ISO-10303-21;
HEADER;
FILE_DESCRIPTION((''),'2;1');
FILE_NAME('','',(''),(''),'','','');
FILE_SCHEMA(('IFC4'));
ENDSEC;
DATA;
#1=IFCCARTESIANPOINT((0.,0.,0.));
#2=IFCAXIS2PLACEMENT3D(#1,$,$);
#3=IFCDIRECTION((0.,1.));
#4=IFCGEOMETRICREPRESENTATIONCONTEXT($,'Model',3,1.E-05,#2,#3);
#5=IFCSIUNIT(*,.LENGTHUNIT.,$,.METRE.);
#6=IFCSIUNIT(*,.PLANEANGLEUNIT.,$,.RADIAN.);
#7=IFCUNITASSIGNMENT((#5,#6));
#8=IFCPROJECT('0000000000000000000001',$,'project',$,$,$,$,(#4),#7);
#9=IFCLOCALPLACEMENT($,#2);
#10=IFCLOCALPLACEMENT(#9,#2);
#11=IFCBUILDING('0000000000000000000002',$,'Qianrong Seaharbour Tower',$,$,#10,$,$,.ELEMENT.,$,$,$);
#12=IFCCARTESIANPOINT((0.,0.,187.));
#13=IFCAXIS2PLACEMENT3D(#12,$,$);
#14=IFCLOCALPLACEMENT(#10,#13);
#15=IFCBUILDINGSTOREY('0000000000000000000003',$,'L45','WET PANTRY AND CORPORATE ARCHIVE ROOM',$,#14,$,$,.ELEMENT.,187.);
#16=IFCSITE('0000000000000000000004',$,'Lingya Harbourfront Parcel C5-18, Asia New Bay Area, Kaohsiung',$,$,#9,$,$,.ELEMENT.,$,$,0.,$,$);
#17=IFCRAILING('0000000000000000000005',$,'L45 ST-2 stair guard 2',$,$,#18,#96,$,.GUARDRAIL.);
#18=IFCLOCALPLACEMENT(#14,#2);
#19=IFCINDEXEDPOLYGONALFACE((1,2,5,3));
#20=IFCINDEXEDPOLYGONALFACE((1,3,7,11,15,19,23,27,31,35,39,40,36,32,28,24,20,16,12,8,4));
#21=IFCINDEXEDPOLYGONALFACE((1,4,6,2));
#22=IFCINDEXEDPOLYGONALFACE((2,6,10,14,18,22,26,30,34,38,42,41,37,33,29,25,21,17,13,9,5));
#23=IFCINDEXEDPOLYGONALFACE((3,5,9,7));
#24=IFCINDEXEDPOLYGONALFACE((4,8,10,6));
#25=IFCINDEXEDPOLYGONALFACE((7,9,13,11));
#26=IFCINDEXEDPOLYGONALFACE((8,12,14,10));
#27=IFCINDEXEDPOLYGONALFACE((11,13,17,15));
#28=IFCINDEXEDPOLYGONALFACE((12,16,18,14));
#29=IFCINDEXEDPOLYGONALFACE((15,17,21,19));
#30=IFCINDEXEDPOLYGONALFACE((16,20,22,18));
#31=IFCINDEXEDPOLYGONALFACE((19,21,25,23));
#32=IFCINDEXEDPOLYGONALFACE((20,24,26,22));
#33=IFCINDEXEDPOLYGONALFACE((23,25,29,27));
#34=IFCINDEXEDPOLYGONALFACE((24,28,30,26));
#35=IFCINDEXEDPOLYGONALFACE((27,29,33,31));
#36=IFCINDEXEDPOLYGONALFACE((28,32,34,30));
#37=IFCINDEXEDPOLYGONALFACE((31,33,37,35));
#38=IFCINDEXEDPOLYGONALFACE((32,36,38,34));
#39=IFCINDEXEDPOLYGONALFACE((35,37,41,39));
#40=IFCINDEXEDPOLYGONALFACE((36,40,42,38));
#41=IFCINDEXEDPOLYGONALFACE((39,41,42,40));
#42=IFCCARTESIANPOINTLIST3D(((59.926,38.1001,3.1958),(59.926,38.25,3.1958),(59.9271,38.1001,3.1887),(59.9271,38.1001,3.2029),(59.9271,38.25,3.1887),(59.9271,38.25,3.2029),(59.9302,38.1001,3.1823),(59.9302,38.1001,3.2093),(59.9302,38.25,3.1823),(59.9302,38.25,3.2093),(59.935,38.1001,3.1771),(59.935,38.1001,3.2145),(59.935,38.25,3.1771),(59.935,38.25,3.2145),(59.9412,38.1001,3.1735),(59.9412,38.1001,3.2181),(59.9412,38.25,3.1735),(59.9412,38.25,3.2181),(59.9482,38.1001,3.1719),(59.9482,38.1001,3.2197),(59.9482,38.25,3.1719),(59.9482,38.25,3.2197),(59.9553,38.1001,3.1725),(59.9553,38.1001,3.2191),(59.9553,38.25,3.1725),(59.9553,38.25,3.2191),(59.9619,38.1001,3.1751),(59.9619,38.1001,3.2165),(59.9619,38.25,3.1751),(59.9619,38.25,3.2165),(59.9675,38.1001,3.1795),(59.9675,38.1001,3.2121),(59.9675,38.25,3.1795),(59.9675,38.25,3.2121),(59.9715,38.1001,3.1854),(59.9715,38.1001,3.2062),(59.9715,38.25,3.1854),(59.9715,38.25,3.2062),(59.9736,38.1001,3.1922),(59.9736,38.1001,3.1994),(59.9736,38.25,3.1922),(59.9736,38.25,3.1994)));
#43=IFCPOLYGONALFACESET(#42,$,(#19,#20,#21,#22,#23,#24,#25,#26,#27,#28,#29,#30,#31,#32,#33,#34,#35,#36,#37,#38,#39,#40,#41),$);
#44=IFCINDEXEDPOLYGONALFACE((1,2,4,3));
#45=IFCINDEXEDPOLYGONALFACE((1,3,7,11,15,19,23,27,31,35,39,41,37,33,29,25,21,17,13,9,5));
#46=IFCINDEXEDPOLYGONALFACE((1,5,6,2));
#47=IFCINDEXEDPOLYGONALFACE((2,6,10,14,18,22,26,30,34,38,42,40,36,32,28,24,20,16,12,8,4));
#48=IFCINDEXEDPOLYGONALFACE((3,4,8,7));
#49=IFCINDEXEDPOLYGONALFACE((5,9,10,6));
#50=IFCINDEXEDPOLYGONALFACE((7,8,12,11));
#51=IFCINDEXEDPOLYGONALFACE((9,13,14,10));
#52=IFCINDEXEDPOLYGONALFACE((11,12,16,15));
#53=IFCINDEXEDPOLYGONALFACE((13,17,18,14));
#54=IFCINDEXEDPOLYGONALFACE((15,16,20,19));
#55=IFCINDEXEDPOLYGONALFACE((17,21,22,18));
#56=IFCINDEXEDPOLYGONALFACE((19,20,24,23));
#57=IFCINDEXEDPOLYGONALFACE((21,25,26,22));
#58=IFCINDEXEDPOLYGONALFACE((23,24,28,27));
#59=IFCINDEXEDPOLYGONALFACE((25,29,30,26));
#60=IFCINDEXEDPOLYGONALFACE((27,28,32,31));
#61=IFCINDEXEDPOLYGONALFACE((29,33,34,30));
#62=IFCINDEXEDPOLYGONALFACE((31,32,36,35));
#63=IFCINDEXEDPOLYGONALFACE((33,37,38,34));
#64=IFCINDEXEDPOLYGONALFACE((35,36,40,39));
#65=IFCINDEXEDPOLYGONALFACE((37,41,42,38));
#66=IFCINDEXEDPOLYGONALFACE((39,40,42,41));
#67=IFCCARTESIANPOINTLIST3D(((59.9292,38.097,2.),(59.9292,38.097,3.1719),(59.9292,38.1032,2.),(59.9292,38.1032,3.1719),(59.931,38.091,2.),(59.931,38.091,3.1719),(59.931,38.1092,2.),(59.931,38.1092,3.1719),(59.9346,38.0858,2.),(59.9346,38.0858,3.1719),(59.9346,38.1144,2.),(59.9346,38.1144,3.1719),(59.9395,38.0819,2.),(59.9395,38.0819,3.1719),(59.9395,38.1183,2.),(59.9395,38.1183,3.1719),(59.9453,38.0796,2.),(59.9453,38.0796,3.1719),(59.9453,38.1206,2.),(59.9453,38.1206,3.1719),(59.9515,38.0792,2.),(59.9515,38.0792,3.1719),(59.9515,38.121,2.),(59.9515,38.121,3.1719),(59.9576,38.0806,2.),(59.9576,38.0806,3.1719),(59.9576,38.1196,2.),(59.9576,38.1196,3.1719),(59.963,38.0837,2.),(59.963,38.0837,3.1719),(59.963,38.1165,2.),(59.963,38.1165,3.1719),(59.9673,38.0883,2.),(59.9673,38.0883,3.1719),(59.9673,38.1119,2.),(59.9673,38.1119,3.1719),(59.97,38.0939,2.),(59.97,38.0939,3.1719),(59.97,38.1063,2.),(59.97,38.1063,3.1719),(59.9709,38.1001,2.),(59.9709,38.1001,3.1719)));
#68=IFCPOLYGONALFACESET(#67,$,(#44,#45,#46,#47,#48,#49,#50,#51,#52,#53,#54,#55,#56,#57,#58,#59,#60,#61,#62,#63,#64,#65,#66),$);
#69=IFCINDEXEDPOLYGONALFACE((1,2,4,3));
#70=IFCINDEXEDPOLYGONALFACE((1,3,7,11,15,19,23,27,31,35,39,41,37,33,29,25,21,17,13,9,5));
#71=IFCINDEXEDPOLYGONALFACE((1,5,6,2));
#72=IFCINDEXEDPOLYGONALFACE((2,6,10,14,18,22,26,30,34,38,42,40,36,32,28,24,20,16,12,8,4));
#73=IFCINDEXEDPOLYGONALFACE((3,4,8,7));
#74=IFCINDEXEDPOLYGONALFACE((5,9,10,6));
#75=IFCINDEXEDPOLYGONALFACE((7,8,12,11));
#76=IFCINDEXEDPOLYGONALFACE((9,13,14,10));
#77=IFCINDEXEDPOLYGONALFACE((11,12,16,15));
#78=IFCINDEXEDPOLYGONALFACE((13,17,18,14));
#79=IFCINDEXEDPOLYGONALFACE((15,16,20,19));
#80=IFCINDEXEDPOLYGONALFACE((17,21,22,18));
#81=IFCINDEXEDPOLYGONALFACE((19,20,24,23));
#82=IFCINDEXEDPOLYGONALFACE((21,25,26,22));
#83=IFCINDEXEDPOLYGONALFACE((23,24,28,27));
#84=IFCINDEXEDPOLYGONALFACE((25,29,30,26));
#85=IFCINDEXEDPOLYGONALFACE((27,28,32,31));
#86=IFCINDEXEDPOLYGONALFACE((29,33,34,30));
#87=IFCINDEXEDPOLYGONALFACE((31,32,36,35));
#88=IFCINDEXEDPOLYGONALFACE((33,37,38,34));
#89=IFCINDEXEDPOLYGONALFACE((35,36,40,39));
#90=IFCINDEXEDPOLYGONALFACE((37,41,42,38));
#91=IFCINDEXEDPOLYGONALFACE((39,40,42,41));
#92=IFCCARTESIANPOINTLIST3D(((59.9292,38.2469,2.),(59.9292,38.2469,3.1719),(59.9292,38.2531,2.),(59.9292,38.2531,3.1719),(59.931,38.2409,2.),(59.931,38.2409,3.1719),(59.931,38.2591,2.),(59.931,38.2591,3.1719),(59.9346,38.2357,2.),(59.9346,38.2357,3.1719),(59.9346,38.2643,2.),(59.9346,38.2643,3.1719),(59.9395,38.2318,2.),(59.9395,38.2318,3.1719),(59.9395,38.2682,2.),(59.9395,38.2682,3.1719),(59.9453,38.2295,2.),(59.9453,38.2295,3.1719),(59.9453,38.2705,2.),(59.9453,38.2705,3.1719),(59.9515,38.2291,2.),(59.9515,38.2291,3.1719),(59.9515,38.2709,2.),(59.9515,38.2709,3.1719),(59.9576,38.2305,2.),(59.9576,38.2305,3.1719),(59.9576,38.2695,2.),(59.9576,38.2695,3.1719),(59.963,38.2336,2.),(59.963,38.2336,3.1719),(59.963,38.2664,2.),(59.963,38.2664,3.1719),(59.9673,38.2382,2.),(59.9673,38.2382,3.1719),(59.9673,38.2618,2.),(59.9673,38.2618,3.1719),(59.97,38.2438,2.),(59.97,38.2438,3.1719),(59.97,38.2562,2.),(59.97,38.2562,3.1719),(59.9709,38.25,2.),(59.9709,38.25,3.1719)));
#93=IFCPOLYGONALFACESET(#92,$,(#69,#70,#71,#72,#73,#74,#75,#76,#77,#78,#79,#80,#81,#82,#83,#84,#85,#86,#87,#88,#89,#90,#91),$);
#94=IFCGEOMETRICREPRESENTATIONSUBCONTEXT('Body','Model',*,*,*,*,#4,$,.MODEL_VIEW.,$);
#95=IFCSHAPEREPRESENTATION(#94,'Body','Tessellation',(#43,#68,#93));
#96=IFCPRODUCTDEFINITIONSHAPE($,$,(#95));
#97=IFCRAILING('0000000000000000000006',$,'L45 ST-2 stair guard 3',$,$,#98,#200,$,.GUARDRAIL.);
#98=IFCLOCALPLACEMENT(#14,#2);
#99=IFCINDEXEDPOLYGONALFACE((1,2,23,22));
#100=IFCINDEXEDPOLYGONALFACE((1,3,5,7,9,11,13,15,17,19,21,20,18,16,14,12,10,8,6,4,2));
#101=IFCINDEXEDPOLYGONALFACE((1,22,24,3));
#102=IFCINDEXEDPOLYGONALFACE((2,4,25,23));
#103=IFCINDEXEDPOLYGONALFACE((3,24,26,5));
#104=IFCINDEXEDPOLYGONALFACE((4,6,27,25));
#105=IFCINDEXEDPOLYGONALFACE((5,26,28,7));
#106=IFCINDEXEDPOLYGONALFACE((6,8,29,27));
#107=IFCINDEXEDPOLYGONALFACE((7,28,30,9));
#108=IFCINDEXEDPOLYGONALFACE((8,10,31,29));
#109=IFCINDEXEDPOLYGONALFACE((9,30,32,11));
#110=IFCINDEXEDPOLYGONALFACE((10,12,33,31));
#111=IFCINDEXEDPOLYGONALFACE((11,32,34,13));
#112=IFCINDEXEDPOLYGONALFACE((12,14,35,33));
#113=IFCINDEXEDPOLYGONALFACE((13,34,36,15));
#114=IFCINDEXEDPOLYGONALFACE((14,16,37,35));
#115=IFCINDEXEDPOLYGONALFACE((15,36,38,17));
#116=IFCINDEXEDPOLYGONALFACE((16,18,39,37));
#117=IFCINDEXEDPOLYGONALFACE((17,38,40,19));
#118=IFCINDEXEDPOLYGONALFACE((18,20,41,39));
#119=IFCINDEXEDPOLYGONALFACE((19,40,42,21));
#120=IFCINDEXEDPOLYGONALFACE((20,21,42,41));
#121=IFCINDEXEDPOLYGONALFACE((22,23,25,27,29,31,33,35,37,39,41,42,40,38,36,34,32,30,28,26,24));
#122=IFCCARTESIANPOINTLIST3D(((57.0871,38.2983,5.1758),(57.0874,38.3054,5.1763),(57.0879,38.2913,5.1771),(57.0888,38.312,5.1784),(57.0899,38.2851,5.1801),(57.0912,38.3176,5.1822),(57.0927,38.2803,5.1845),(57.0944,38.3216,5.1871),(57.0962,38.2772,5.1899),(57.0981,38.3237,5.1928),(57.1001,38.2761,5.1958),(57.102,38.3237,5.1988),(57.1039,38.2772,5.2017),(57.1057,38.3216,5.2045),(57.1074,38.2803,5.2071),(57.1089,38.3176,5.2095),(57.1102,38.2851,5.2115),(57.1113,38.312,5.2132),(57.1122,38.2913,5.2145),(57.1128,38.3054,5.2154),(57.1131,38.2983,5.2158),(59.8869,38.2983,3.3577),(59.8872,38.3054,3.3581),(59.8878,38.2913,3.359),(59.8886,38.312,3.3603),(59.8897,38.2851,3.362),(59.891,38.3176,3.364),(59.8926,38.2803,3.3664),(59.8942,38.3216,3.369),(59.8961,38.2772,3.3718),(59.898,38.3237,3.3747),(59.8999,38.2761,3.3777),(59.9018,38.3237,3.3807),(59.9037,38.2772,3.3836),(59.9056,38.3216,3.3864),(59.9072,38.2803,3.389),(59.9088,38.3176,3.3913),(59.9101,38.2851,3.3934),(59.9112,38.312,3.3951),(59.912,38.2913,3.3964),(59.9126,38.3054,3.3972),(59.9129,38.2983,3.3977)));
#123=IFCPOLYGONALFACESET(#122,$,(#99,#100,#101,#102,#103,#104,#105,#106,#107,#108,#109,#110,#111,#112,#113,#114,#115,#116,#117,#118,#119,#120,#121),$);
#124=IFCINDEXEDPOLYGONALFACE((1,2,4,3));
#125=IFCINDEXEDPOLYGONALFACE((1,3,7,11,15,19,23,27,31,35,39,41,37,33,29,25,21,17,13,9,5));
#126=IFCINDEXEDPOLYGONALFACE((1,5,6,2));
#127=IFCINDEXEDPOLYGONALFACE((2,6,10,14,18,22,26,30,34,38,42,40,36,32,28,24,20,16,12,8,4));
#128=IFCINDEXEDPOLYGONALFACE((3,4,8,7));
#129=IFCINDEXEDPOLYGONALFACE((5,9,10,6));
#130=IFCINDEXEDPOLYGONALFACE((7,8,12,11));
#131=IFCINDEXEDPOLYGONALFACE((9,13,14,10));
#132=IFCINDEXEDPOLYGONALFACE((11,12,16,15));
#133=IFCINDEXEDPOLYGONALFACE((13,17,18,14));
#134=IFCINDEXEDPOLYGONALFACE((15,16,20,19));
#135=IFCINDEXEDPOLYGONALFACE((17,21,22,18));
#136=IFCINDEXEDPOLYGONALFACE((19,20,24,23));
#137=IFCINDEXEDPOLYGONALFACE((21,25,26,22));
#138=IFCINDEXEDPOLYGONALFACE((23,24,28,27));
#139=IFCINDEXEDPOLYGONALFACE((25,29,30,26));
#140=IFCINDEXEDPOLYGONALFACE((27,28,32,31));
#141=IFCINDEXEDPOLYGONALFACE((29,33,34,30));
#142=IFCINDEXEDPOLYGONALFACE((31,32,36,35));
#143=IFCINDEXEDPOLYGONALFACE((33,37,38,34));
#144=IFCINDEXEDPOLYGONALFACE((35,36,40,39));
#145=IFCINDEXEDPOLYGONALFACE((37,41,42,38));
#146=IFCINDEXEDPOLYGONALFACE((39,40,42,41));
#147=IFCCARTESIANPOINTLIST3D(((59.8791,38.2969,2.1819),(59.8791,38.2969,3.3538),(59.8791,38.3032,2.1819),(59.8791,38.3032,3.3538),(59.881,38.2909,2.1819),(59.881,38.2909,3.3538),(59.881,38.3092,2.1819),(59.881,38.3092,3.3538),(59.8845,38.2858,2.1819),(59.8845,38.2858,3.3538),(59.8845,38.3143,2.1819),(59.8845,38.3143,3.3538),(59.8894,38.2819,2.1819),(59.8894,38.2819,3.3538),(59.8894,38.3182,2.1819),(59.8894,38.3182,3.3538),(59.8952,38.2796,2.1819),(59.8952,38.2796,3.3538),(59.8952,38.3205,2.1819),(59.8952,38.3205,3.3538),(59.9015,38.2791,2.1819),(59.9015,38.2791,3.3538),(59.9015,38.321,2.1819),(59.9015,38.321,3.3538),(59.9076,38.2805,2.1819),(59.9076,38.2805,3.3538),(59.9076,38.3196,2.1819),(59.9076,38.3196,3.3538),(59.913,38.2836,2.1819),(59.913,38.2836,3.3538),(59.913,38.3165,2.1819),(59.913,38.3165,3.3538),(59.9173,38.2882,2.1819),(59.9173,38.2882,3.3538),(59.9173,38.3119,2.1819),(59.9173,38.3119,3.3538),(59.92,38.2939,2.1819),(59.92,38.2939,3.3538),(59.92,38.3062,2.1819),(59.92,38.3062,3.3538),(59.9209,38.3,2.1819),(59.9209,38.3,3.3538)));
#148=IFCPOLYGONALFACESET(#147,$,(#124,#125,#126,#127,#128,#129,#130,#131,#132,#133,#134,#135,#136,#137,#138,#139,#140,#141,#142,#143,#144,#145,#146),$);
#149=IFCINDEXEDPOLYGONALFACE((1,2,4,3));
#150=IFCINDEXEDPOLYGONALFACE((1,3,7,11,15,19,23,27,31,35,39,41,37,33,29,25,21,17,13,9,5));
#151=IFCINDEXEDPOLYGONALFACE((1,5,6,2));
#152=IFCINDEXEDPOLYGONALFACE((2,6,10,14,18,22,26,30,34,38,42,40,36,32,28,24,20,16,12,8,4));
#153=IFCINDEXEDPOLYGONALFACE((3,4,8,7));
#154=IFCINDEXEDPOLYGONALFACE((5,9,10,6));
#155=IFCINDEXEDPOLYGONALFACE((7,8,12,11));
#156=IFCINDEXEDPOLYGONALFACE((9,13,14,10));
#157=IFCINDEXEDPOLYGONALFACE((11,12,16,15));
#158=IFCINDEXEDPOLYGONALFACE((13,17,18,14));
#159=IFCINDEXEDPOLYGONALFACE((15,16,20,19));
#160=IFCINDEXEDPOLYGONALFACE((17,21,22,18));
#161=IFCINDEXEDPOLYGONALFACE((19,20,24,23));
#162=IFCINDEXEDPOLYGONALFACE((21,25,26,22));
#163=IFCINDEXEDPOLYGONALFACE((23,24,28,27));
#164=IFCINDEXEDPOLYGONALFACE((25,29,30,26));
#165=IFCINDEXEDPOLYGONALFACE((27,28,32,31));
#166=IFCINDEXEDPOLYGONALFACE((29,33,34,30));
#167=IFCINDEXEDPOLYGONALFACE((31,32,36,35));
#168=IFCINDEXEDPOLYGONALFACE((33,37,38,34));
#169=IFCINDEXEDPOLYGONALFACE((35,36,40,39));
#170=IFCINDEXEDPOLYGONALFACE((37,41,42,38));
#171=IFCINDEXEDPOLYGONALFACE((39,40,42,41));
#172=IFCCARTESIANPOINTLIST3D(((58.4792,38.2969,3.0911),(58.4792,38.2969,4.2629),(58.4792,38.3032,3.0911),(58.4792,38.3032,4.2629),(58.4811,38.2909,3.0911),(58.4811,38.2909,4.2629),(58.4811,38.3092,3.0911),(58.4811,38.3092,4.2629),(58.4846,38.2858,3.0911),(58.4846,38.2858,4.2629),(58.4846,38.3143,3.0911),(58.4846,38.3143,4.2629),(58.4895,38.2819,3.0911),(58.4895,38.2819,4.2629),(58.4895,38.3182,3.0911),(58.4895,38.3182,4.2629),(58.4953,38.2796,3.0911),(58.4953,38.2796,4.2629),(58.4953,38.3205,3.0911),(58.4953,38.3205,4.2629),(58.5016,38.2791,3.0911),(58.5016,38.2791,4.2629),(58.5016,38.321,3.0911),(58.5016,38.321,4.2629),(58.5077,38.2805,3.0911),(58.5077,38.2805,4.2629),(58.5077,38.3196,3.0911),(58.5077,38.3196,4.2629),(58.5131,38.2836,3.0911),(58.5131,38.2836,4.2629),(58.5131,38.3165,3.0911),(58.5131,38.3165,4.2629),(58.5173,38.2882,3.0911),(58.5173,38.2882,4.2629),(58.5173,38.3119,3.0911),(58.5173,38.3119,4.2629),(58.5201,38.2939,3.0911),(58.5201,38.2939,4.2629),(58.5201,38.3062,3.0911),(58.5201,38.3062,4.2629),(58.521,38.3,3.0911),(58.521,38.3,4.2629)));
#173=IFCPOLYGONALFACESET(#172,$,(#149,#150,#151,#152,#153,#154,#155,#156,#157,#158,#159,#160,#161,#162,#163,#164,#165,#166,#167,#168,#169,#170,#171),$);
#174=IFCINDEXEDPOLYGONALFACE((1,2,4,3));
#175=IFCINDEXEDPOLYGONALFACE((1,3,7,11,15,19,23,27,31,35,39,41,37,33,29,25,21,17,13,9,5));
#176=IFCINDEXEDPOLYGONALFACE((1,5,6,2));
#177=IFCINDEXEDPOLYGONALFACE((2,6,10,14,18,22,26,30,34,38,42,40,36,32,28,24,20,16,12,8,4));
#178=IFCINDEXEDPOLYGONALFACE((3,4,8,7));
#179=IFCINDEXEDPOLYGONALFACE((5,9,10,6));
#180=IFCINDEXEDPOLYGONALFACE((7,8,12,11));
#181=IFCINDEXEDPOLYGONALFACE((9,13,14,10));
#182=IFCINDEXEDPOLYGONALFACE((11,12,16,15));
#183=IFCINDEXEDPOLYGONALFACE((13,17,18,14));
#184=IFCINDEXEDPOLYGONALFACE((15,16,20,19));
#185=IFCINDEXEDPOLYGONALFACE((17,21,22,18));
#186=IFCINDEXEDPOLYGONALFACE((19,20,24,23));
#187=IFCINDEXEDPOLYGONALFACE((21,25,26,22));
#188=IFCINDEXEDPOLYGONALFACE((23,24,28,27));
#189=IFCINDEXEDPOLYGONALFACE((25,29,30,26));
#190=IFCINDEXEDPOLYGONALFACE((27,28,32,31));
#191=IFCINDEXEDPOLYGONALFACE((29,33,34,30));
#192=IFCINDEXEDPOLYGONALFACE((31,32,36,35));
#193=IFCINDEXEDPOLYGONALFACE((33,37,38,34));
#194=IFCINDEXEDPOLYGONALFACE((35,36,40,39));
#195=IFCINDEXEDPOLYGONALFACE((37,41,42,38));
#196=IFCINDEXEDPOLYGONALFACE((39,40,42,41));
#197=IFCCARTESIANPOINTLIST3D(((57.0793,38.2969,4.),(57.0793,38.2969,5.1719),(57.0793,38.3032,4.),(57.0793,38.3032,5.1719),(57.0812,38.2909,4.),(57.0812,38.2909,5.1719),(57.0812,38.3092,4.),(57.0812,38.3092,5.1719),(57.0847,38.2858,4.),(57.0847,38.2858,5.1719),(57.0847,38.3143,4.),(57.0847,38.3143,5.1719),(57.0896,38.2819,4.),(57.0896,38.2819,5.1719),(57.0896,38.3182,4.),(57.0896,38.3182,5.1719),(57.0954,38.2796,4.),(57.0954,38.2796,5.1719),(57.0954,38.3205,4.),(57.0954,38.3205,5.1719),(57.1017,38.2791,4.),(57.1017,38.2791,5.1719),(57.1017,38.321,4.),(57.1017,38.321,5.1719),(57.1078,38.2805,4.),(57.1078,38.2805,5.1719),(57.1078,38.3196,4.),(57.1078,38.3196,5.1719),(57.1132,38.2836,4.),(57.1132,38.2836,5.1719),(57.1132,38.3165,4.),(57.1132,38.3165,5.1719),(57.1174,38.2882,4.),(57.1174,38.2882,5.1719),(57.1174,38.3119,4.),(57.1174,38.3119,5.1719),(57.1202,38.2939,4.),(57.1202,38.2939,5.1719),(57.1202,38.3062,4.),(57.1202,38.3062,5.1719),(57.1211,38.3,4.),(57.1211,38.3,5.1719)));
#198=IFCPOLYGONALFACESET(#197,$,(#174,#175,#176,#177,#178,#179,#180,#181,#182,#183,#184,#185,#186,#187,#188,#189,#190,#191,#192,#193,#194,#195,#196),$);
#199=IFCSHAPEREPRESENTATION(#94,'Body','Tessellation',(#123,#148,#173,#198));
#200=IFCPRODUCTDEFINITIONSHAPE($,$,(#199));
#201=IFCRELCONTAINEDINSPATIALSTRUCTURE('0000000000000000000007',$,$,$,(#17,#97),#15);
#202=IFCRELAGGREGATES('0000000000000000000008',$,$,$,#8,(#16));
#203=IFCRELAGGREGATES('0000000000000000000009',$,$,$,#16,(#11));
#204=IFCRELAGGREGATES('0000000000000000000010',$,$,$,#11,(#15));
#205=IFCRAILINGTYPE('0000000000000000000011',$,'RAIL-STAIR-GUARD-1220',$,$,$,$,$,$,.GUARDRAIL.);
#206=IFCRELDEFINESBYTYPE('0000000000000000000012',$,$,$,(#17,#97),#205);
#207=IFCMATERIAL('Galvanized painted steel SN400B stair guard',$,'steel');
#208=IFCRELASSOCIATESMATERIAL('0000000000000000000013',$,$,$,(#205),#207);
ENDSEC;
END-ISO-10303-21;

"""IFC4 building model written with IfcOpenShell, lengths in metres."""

from ifc_helpers import new_model, si_unit, direction, frame, origin, origin_2d, place, context, subcontext, project, spatial, circle, extrude, material, type_object, element, save


model = new_model("IFC4")

# Units and contexts
model_context = context("Model", 3, precision=1e-05, world=origin(), true_north=direction((0.0, 1.0)))
body_context = subcontext(model_context, "Body", "Model", "MODEL_VIEW")
ifc_project = project(units=[si_unit("LENGTHUNIT", "METRE"), si_unit("PLANEANGLEUNIT", "RADIAN")], contexts=[model_context])

# Site, building, storey
site_placement = place(None, origin())
site = spatial("IfcSite", under=ifc_project, at=site_placement, Name="Lingya Harbourfront Parcel C5-18, Asia New Bay Area, Kaohsiung", CompositionType="ELEMENT", RefElevation=0.0)
building_placement = place(site_placement, origin())
building = spatial("IfcBuilding", under=site, at=building_placement, Name="Qianrong Seaharbour Tower", CompositionType="ELEMENT")
storey_placement = place(building_placement, frame((0.0, 0.0, 187.0)))
storey = spatial("IfcBuildingStorey", under=building, at=storey_placement, Name="L45", Description="WET PANTRY AND CORPORATE ARCHIVE ROOM", CompositionType="ELEMENT", Elevation=187.0)

# Railings
ifc_material_1 = material(Name="Galvanized painted steel SN400B stair guard", Category="steel")
railing_type_1 = type_object("IfcRailingType", Name="RAIL-STAIR-GUARD-1220", PredefinedType="GUARDRAIL", material=ifc_material_1)
railing_1_placement = place(storey_placement, frame((59.95, 38.1001, 2.0)))
element("IfcRailing", 1, at=railing_1_placement, inside=storey, type_object=railing_type_1, Name="L45 ST-2 stair guard 2", PredefinedType="GUARDRAIL", context=body_context, shape_type="SweptSolid", body=[
    extrude(circle(Radius=0.0239, at=origin_2d()), frame((0.0, 0.0, 1.1958), z_axis=(0.0, 1.0, 0.0), x_axis=(-1.0, 0.0, 0.0)), (0.0, 0.0, 1.0), 0.1499),
    extrude(circle(Radius=0.021, at=origin_2d()), origin(), (0.0, 0.0, 1.0), 1.1719),
    extrude(circle(Radius=0.021, at=origin_2d()), frame((0.0, 0.1499, 0.0)), (0.0, 0.0, 1.0), 1.1719),
])
railing_2_placement = place(storey_placement, frame((59.8999, 38.3, 2.1819)))
element("IfcRailing", 2, at=railing_2_placement, inside=storey, type_object=railing_type_1, Name="L45 ST-2 stair guard 3", PredefinedType="GUARDRAIL", context=body_context, shape_type="SweptSolid", body=[
    extrude(circle(Radius=0.0239, at=origin_2d()), frame((0.0, 0.0, 1.1958), z_axis=(-0.838684, 0.0, 0.544618), x_axis=(0.0, -1.0, 0.0)), (0.0, 0.0, 1.0), 3.3384),
    extrude(circle(Radius=0.021, at=origin_2d()), origin(), (0.0, 0.0, 1.0), 1.1719),
    extrude(circle(Radius=0.021, at=origin_2d()), frame((-1.3999, 0.0, 0.9092)), (0.0, 0.0, 1.0), 1.1719),
    extrude(circle(Radius=0.021, at=origin_2d()), frame((-2.7998, 0.0, 1.8181)), (0.0, 0.0, 1.0), 1.1719),
])

save(model, "model.ifc")
